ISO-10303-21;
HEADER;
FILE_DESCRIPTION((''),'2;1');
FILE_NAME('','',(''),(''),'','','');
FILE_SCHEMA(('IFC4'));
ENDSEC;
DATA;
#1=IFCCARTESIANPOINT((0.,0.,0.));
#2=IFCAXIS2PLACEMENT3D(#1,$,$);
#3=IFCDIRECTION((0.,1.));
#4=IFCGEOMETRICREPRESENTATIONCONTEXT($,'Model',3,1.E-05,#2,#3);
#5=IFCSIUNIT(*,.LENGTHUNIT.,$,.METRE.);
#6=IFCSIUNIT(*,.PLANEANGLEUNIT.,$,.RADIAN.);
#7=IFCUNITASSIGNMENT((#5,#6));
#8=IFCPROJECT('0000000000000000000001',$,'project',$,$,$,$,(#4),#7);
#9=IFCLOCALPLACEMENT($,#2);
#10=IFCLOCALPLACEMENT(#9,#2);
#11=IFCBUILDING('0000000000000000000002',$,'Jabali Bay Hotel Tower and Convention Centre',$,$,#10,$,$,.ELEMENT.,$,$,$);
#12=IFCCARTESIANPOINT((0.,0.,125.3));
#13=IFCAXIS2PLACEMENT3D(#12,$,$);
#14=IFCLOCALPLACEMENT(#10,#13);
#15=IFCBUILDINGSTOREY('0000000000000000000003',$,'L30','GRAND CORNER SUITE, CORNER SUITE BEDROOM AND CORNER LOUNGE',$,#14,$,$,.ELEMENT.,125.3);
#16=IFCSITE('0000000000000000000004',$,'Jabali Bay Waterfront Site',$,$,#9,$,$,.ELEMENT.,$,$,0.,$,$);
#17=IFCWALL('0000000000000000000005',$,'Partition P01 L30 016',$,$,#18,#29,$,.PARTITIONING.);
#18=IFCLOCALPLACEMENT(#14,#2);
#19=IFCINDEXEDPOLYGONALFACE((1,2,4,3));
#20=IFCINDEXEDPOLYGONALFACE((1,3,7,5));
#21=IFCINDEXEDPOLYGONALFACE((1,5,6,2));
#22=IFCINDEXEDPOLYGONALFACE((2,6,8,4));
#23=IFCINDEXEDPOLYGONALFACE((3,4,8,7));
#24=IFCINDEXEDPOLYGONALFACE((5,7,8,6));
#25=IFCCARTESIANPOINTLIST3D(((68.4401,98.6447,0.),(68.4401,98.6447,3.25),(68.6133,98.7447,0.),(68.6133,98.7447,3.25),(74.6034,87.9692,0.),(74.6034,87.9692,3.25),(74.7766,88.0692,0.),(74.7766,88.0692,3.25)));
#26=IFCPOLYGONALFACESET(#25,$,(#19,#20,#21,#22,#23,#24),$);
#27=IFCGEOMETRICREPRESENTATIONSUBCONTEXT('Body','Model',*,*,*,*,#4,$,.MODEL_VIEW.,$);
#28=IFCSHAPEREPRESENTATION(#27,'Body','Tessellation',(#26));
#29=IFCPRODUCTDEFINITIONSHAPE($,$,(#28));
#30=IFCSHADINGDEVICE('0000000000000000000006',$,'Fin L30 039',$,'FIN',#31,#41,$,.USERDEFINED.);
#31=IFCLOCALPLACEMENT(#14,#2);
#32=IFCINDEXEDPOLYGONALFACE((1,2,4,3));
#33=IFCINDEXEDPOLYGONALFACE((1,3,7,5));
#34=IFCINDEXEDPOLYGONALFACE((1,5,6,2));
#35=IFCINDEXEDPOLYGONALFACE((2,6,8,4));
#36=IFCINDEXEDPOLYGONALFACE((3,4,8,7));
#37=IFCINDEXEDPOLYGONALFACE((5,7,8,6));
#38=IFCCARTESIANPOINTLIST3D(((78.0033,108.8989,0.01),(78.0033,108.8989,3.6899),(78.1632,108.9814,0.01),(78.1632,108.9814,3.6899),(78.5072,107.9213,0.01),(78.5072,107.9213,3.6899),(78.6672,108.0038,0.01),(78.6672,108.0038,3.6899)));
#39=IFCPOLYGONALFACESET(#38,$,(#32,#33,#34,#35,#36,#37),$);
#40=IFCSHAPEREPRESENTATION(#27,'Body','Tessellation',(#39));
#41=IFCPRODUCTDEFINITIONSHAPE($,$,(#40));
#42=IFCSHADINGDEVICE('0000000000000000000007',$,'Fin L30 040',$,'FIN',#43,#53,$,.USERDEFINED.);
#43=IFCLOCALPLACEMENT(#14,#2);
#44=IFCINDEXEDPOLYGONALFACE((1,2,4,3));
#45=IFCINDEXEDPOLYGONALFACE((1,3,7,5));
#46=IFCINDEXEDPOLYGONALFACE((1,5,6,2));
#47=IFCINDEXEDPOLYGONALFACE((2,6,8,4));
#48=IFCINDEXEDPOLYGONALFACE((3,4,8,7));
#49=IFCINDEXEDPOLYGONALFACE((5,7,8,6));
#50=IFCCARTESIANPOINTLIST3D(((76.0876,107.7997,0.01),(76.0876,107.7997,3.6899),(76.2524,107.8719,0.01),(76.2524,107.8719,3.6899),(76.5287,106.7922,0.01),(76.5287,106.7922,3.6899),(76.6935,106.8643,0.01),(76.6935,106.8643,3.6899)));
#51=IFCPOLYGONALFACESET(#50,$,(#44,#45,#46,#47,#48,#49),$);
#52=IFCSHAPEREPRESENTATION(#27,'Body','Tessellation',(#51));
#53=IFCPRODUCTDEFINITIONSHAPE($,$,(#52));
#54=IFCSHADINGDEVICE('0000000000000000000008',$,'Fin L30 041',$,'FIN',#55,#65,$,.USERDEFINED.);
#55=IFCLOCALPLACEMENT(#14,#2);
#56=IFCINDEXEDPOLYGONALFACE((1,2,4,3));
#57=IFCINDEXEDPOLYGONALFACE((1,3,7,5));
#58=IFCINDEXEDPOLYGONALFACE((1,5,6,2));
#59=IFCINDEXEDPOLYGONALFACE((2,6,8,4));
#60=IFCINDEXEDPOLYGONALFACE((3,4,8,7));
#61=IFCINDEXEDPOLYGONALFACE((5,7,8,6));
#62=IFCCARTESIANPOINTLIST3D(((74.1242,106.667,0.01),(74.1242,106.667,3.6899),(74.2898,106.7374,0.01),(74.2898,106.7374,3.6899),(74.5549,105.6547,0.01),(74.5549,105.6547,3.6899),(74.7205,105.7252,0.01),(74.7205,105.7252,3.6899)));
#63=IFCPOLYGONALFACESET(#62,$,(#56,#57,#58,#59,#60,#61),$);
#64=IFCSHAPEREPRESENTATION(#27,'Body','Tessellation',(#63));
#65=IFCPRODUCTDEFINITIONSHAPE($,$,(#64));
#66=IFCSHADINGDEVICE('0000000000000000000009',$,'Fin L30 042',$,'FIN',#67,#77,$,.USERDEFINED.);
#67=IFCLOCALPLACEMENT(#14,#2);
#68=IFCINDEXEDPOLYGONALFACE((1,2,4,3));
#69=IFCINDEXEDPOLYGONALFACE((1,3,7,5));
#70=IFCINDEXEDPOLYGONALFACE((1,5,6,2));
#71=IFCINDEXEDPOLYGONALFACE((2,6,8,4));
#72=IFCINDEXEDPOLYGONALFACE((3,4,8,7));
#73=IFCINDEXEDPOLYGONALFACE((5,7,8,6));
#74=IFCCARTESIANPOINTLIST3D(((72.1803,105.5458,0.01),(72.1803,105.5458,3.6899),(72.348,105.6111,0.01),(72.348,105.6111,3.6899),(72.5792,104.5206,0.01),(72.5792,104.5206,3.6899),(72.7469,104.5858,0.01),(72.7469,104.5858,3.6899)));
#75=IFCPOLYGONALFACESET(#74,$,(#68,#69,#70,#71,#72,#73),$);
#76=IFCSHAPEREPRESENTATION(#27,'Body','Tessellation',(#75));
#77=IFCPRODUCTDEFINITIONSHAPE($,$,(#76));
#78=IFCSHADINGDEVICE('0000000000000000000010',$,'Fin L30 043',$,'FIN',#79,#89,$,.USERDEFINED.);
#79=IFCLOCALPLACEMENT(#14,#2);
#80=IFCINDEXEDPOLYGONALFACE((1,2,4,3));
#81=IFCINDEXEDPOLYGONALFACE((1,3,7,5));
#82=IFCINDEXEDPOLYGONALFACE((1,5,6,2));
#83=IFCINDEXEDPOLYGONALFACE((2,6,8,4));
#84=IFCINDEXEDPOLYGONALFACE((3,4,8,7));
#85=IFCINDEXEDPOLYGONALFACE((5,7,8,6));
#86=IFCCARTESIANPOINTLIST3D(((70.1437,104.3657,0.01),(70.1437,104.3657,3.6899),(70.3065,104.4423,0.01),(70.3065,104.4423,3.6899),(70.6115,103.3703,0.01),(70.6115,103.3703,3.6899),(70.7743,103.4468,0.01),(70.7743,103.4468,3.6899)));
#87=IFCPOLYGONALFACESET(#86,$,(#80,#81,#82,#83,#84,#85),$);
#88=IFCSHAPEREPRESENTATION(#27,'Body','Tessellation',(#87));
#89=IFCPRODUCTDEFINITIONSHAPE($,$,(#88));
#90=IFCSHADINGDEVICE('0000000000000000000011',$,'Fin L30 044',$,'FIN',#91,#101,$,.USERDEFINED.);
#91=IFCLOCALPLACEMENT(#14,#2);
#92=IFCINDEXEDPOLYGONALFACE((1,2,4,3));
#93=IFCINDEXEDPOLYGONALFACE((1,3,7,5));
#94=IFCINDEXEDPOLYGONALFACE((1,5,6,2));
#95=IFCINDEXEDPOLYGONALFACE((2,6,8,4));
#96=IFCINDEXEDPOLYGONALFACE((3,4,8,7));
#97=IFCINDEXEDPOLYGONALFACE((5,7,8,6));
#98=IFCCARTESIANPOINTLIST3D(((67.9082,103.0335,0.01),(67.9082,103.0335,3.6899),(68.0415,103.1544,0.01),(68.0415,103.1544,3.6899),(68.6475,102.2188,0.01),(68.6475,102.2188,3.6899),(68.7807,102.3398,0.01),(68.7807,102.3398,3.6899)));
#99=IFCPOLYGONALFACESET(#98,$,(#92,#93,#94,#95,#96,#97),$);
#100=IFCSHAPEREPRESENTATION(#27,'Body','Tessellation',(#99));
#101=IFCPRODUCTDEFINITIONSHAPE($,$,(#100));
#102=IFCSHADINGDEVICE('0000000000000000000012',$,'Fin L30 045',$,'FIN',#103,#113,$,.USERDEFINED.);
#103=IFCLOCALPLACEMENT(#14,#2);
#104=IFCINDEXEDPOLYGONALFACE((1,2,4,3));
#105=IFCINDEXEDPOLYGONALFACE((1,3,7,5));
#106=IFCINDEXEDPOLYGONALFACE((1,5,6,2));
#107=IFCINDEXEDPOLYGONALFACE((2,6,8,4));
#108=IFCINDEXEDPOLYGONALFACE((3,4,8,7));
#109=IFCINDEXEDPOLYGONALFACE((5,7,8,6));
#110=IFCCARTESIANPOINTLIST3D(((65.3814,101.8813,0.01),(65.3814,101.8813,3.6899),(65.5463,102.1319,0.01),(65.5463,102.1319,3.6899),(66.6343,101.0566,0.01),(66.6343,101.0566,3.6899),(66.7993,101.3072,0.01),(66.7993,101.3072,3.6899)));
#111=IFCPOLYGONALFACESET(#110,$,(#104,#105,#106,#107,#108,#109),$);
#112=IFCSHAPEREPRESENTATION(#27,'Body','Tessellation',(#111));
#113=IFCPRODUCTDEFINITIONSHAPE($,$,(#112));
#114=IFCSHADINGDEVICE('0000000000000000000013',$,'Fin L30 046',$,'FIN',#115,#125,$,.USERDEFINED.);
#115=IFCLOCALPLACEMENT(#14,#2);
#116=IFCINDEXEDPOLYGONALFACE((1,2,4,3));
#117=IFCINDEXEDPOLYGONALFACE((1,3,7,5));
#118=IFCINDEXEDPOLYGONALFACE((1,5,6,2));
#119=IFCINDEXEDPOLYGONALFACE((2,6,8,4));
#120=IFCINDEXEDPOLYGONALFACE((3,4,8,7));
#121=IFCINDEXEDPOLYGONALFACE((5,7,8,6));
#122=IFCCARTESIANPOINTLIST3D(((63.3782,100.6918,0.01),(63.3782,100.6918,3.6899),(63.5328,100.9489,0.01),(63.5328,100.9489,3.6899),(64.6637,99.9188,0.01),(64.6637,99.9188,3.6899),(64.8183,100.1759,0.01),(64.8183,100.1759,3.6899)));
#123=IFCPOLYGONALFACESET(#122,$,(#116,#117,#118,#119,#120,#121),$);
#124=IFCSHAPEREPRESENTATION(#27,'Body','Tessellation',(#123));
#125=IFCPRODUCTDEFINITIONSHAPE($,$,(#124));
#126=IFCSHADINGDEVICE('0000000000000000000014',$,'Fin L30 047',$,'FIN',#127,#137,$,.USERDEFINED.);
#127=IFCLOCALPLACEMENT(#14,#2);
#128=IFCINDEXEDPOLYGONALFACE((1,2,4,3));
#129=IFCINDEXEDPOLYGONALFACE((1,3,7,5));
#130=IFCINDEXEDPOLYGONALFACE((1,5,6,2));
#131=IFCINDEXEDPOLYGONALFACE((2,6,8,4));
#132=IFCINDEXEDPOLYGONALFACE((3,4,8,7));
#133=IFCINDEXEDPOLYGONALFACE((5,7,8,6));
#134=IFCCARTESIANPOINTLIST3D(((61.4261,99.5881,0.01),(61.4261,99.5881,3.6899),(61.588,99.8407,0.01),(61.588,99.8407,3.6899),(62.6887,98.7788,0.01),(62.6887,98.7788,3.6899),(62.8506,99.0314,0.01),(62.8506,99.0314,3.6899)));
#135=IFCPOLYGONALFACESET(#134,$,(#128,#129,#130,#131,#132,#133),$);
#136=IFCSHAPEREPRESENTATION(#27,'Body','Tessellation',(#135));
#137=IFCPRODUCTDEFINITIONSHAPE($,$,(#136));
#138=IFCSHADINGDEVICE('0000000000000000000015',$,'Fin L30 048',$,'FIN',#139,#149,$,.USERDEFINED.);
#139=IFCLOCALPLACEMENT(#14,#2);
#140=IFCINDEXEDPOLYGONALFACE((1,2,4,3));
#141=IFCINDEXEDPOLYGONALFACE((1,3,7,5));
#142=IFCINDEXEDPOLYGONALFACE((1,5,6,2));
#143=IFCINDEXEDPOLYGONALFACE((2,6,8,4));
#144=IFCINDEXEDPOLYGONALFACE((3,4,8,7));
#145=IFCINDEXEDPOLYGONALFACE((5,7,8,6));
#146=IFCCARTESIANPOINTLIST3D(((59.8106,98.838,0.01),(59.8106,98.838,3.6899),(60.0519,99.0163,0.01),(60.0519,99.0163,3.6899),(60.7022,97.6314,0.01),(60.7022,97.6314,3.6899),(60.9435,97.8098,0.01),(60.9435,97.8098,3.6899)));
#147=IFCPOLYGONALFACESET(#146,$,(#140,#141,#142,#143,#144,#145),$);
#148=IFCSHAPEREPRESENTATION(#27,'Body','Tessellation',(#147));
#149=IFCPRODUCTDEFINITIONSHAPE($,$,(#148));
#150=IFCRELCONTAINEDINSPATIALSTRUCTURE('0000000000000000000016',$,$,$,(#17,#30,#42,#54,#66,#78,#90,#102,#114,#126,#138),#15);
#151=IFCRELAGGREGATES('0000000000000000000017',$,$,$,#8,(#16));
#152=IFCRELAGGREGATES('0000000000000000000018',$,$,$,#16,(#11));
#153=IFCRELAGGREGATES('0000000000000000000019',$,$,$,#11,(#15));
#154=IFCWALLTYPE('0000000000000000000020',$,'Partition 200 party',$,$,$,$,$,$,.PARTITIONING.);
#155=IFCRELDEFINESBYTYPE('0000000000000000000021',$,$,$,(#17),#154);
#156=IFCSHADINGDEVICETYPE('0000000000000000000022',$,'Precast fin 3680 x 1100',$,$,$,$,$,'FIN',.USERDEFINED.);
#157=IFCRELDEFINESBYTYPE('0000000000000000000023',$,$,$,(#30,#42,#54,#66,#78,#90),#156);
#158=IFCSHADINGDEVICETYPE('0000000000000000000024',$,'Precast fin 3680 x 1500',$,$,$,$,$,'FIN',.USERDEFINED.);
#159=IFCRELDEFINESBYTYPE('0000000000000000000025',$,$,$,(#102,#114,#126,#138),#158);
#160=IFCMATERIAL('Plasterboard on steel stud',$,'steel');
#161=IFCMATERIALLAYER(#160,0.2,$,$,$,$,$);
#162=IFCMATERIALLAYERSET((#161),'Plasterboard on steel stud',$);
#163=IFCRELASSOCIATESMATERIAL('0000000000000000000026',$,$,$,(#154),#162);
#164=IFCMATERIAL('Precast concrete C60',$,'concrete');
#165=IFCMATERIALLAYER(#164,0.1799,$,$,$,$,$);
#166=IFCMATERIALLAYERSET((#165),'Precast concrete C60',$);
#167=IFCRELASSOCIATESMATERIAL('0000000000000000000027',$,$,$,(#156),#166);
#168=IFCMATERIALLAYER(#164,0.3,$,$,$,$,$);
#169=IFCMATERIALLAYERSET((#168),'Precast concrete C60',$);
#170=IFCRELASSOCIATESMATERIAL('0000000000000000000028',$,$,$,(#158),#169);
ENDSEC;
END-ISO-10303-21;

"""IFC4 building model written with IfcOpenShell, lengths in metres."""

from ifc_helpers import new_model, si_unit, direction, frame, frame_2d, origin, place, context, subcontext, project, spatial, rectangle, extrude, material, layer, layer_set, type_object, element, save


model = new_model("IFC4")

# Units and contexts
model_context = context("Model", 3, precision=1e-05, world=origin(), true_north=direction((0.0, 1.0)))
body_context = subcontext(model_context, "Body", "Model", "MODEL_VIEW")
ifc_project = project(units=[si_unit("LENGTHUNIT", "METRE"), si_unit("PLANEANGLEUNIT", "RADIAN")], contexts=[model_context])

# Site, building, storey
site_placement = place(None, origin())
site = spatial("IfcSite", under=ifc_project, at=site_placement, Name="Jabali Bay Waterfront Site", CompositionType="ELEMENT", RefElevation=0.0)
building_placement = place(site_placement, origin())
building = spatial("IfcBuilding", under=site, at=building_placement, Name="Jabali Bay Hotel Tower and Convention Centre", CompositionType="ELEMENT")
storey_placement = place(building_placement, frame((0.0, 0.0, 125.3)))
storey = spatial("IfcBuildingStorey", under=building, at=storey_placement, Name="L30", Description="GRAND CORNER SUITE, CORNER SUITE BEDROOM AND CORNER LOUNGE", CompositionType="ELEMENT", Elevation=125.3)

# Shared definitions
ifc_material_1 = material(Name="Plasterboard on steel stud", Category="steel")

# Wall
ifc_layer_1 = layer(ifc_material_1, 0.2)
ifc_layer_set_1 = layer_set([ifc_layer_1], Name="Plasterboard on steel stud")
wall_type_1 = type_object("IfcWallType", Name="Partition 200 party", PredefinedType="PARTITIONING", material=ifc_layer_set_1)
wall_1_placement = place(storey_placement, frame((68.5266, 98.6948, 0.0), z_axis=(0.0, 0.0, 1.0), x_axis=(0.499988, -0.866032, 0.0)))
element("IfcWall", 1, at=wall_1_placement, inside=storey, type_object=wall_type_1, Name="Partition P01 L30 016", PredefinedType="PARTITIONING", context=body_context, shape_type="SweptSolid", body=[
    extrude(rectangle(XDim=12.3269, YDim=0.2, at=frame_2d((6.1636, 0.0))), origin(), (0.0, 0.0, 1.0), 3.25),
])

# Shading devices
ifc_material_2 = material(Name="Precast concrete C60", Category="concrete")
ifc_layer_2 = layer(ifc_material_2, 0.1799)
ifc_layer_set_2 = layer_set([ifc_layer_2], Name="Precast concrete C60")
shading_device_type_1 = type_object("IfcShadingDeviceType", Name="Precast fin 3680 x 1100", ElementType="FIN", PredefinedType="USERDEFINED", material=ifc_layer_set_2)
for number, where, z_axis, x_axis, name in (
    (2, (78.5872, 107.9626, 0.01), (0.0, 0.0, 1.0), (-0.45819, 0.888854, 0.0), "Fin L30 039"),
    (3, (76.6111, 106.8284, 0.01), (0.0, 0.0, 1.0), (-0.401087, 0.91604, 0.0), "Fin L30 040"),
):
    element("IfcShadingDevice", number, at=place(storey_placement, frame(where, z_axis=z_axis, x_axis=x_axis)), inside=storey, type_object=shading_device_type_1, Name=name, ObjectType="FIN", PredefinedType="USERDEFINED", context=body_context, shape_type="SweptSolid", body=[
        extrude(rectangle(XDim=1.0999, YDim=0.1799, at=frame_2d((0.5498, 0.0))), origin(), (0.0, 0.0, 1.0), 3.6799),
    ])
for number, where, z_axis, x_axis, name in (
    (4, (74.6377, 105.6899, 0.01), (0.0, 0.0, 1.0), (-0.391507, 0.920175, 0.0), "Fin L30 041"),
    (5, (72.6631, 104.5532, 0.01), (0.0, 0.0, 1.0), (-0.36265, 0.931926, 0.0), "Fin L30 042"),
):
    element("IfcShadingDevice", number, at=place(storey_placement, frame(where, z_axis=z_axis, x_axis=x_axis)), inside=storey, type_object=shading_device_type_1, Name=name, ObjectType="FIN", PredefinedType="USERDEFINED", context=body_context, shape_type="SweptSolid", body=[
        extrude(rectangle(XDim=1.1001, YDim=0.1799, at=frame_2d((0.55, 0.0))), origin(), (0.0, 0.0, 1.0), 3.6799),
    ])
shading_device_1_placement = place(storey_placement, frame((70.6929, 103.4087, 0.01), z_axis=(0.0, 0.0, 1.0), x_axis=(-0.425327, 0.90504, 0.0)))
element("IfcShadingDevice", 6, at=shading_device_1_placement, inside=storey, type_object=shading_device_type_1, Name="Fin L30 043", ObjectType="FIN", PredefinedType="USERDEFINED", context=body_context, shape_type="SweptSolid", body=[
    extrude(rectangle(XDim=1.0999, YDim=0.1799, at=frame_2d((0.5498, 0.0))), origin(), (0.0, 0.0, 1.0), 3.6799),
])
shading_device_2_placement = place(storey_placement, frame((68.7141, 102.2793, 0.01), z_axis=(0.0, 0.0, 1.0), x_axis=(-0.671988, 0.740562, 0.0)))
element("IfcShadingDevice", 7, at=shading_device_2_placement, inside=storey, type_object=shading_device_type_1, Name="Fin L30 044", ObjectType="FIN", PredefinedType="USERDEFINED", context=body_context, shape_type="SweptSolid", body=[
    extrude(rectangle(XDim=1.1001, YDim=0.1799, at=frame_2d((0.55, 0.0))), origin(), (0.0, 0.0, 1.0), 3.6799),
])
ifc_layer_3 = layer(ifc_material_2, 0.3)
ifc_layer_set_3 = layer_set([ifc_layer_3], Name="Precast concrete C60")
shading_device_type_2 = type_object("IfcShadingDeviceType", Name="Precast fin 3680 x 1500", ElementType="FIN", PredefinedType="USERDEFINED", material=ifc_layer_set_3)
for number, where, z_axis, x_axis, name in (
    (8, (66.7168, 101.1819, 0.01), (0.0, 0.0, 1.0), (-0.835291, 0.549808, 0.0), "Fin L30 045"),
    (9, (64.741, 100.0474, 0.01), (0.0, 0.0, 1.0), (-0.85699, 0.515333, 0.0), "Fin L30 046"),
):
    element("IfcShadingDevice", number, at=place(storey_placement, frame(where, z_axis=z_axis, x_axis=x_axis)), inside=storey, type_object=shading_device_type_2, Name=name, ObjectType="FIN", PredefinedType="USERDEFINED", context=body_context, shape_type="SweptSolid", body=[
        extrude(rectangle(XDim=1.5, YDim=0.3, at=frame_2d((0.75, 0.0))), origin(), (0.0, 0.0, 1.0), 3.6799),
    ])
shading_device_3_placement = place(storey_placement, frame((62.7698, 98.905, 0.01), z_axis=(0.0, 0.0, 1.0), x_axis=(-0.841908, 0.539622, 0.0)))
element("IfcShadingDevice", 10, at=shading_device_3_placement, inside=storey, type_object=shading_device_type_2, Name="Fin L30 047", ObjectType="FIN", PredefinedType="USERDEFINED", context=body_context, shape_type="SweptSolid", body=[
    extrude(rectangle(XDim=1.4998, YDim=0.3, at=frame_2d((0.75, 0.0))), origin(), (0.0, 0.0, 1.0), 3.6799),
])
shading_device_4_placement = place(storey_placement, frame((60.8228, 97.7207, 0.01), z_axis=(0.0, 0.0, 1.0), x_axis=(-0.594309, 0.804237, 0.0)))
element("IfcShadingDevice", 11, at=shading_device_4_placement, inside=storey, type_object=shading_device_type_2, Name="Fin L30 048", ObjectType="FIN", PredefinedType="USERDEFINED", context=body_context, shape_type="SweptSolid", body=[
    extrude(rectangle(XDim=1.5002, YDim=0.3, at=frame_2d((0.75, 0.0))), origin(), (0.0, 0.0, 1.0), 3.6799),
])

save(model, "model.ifc")
